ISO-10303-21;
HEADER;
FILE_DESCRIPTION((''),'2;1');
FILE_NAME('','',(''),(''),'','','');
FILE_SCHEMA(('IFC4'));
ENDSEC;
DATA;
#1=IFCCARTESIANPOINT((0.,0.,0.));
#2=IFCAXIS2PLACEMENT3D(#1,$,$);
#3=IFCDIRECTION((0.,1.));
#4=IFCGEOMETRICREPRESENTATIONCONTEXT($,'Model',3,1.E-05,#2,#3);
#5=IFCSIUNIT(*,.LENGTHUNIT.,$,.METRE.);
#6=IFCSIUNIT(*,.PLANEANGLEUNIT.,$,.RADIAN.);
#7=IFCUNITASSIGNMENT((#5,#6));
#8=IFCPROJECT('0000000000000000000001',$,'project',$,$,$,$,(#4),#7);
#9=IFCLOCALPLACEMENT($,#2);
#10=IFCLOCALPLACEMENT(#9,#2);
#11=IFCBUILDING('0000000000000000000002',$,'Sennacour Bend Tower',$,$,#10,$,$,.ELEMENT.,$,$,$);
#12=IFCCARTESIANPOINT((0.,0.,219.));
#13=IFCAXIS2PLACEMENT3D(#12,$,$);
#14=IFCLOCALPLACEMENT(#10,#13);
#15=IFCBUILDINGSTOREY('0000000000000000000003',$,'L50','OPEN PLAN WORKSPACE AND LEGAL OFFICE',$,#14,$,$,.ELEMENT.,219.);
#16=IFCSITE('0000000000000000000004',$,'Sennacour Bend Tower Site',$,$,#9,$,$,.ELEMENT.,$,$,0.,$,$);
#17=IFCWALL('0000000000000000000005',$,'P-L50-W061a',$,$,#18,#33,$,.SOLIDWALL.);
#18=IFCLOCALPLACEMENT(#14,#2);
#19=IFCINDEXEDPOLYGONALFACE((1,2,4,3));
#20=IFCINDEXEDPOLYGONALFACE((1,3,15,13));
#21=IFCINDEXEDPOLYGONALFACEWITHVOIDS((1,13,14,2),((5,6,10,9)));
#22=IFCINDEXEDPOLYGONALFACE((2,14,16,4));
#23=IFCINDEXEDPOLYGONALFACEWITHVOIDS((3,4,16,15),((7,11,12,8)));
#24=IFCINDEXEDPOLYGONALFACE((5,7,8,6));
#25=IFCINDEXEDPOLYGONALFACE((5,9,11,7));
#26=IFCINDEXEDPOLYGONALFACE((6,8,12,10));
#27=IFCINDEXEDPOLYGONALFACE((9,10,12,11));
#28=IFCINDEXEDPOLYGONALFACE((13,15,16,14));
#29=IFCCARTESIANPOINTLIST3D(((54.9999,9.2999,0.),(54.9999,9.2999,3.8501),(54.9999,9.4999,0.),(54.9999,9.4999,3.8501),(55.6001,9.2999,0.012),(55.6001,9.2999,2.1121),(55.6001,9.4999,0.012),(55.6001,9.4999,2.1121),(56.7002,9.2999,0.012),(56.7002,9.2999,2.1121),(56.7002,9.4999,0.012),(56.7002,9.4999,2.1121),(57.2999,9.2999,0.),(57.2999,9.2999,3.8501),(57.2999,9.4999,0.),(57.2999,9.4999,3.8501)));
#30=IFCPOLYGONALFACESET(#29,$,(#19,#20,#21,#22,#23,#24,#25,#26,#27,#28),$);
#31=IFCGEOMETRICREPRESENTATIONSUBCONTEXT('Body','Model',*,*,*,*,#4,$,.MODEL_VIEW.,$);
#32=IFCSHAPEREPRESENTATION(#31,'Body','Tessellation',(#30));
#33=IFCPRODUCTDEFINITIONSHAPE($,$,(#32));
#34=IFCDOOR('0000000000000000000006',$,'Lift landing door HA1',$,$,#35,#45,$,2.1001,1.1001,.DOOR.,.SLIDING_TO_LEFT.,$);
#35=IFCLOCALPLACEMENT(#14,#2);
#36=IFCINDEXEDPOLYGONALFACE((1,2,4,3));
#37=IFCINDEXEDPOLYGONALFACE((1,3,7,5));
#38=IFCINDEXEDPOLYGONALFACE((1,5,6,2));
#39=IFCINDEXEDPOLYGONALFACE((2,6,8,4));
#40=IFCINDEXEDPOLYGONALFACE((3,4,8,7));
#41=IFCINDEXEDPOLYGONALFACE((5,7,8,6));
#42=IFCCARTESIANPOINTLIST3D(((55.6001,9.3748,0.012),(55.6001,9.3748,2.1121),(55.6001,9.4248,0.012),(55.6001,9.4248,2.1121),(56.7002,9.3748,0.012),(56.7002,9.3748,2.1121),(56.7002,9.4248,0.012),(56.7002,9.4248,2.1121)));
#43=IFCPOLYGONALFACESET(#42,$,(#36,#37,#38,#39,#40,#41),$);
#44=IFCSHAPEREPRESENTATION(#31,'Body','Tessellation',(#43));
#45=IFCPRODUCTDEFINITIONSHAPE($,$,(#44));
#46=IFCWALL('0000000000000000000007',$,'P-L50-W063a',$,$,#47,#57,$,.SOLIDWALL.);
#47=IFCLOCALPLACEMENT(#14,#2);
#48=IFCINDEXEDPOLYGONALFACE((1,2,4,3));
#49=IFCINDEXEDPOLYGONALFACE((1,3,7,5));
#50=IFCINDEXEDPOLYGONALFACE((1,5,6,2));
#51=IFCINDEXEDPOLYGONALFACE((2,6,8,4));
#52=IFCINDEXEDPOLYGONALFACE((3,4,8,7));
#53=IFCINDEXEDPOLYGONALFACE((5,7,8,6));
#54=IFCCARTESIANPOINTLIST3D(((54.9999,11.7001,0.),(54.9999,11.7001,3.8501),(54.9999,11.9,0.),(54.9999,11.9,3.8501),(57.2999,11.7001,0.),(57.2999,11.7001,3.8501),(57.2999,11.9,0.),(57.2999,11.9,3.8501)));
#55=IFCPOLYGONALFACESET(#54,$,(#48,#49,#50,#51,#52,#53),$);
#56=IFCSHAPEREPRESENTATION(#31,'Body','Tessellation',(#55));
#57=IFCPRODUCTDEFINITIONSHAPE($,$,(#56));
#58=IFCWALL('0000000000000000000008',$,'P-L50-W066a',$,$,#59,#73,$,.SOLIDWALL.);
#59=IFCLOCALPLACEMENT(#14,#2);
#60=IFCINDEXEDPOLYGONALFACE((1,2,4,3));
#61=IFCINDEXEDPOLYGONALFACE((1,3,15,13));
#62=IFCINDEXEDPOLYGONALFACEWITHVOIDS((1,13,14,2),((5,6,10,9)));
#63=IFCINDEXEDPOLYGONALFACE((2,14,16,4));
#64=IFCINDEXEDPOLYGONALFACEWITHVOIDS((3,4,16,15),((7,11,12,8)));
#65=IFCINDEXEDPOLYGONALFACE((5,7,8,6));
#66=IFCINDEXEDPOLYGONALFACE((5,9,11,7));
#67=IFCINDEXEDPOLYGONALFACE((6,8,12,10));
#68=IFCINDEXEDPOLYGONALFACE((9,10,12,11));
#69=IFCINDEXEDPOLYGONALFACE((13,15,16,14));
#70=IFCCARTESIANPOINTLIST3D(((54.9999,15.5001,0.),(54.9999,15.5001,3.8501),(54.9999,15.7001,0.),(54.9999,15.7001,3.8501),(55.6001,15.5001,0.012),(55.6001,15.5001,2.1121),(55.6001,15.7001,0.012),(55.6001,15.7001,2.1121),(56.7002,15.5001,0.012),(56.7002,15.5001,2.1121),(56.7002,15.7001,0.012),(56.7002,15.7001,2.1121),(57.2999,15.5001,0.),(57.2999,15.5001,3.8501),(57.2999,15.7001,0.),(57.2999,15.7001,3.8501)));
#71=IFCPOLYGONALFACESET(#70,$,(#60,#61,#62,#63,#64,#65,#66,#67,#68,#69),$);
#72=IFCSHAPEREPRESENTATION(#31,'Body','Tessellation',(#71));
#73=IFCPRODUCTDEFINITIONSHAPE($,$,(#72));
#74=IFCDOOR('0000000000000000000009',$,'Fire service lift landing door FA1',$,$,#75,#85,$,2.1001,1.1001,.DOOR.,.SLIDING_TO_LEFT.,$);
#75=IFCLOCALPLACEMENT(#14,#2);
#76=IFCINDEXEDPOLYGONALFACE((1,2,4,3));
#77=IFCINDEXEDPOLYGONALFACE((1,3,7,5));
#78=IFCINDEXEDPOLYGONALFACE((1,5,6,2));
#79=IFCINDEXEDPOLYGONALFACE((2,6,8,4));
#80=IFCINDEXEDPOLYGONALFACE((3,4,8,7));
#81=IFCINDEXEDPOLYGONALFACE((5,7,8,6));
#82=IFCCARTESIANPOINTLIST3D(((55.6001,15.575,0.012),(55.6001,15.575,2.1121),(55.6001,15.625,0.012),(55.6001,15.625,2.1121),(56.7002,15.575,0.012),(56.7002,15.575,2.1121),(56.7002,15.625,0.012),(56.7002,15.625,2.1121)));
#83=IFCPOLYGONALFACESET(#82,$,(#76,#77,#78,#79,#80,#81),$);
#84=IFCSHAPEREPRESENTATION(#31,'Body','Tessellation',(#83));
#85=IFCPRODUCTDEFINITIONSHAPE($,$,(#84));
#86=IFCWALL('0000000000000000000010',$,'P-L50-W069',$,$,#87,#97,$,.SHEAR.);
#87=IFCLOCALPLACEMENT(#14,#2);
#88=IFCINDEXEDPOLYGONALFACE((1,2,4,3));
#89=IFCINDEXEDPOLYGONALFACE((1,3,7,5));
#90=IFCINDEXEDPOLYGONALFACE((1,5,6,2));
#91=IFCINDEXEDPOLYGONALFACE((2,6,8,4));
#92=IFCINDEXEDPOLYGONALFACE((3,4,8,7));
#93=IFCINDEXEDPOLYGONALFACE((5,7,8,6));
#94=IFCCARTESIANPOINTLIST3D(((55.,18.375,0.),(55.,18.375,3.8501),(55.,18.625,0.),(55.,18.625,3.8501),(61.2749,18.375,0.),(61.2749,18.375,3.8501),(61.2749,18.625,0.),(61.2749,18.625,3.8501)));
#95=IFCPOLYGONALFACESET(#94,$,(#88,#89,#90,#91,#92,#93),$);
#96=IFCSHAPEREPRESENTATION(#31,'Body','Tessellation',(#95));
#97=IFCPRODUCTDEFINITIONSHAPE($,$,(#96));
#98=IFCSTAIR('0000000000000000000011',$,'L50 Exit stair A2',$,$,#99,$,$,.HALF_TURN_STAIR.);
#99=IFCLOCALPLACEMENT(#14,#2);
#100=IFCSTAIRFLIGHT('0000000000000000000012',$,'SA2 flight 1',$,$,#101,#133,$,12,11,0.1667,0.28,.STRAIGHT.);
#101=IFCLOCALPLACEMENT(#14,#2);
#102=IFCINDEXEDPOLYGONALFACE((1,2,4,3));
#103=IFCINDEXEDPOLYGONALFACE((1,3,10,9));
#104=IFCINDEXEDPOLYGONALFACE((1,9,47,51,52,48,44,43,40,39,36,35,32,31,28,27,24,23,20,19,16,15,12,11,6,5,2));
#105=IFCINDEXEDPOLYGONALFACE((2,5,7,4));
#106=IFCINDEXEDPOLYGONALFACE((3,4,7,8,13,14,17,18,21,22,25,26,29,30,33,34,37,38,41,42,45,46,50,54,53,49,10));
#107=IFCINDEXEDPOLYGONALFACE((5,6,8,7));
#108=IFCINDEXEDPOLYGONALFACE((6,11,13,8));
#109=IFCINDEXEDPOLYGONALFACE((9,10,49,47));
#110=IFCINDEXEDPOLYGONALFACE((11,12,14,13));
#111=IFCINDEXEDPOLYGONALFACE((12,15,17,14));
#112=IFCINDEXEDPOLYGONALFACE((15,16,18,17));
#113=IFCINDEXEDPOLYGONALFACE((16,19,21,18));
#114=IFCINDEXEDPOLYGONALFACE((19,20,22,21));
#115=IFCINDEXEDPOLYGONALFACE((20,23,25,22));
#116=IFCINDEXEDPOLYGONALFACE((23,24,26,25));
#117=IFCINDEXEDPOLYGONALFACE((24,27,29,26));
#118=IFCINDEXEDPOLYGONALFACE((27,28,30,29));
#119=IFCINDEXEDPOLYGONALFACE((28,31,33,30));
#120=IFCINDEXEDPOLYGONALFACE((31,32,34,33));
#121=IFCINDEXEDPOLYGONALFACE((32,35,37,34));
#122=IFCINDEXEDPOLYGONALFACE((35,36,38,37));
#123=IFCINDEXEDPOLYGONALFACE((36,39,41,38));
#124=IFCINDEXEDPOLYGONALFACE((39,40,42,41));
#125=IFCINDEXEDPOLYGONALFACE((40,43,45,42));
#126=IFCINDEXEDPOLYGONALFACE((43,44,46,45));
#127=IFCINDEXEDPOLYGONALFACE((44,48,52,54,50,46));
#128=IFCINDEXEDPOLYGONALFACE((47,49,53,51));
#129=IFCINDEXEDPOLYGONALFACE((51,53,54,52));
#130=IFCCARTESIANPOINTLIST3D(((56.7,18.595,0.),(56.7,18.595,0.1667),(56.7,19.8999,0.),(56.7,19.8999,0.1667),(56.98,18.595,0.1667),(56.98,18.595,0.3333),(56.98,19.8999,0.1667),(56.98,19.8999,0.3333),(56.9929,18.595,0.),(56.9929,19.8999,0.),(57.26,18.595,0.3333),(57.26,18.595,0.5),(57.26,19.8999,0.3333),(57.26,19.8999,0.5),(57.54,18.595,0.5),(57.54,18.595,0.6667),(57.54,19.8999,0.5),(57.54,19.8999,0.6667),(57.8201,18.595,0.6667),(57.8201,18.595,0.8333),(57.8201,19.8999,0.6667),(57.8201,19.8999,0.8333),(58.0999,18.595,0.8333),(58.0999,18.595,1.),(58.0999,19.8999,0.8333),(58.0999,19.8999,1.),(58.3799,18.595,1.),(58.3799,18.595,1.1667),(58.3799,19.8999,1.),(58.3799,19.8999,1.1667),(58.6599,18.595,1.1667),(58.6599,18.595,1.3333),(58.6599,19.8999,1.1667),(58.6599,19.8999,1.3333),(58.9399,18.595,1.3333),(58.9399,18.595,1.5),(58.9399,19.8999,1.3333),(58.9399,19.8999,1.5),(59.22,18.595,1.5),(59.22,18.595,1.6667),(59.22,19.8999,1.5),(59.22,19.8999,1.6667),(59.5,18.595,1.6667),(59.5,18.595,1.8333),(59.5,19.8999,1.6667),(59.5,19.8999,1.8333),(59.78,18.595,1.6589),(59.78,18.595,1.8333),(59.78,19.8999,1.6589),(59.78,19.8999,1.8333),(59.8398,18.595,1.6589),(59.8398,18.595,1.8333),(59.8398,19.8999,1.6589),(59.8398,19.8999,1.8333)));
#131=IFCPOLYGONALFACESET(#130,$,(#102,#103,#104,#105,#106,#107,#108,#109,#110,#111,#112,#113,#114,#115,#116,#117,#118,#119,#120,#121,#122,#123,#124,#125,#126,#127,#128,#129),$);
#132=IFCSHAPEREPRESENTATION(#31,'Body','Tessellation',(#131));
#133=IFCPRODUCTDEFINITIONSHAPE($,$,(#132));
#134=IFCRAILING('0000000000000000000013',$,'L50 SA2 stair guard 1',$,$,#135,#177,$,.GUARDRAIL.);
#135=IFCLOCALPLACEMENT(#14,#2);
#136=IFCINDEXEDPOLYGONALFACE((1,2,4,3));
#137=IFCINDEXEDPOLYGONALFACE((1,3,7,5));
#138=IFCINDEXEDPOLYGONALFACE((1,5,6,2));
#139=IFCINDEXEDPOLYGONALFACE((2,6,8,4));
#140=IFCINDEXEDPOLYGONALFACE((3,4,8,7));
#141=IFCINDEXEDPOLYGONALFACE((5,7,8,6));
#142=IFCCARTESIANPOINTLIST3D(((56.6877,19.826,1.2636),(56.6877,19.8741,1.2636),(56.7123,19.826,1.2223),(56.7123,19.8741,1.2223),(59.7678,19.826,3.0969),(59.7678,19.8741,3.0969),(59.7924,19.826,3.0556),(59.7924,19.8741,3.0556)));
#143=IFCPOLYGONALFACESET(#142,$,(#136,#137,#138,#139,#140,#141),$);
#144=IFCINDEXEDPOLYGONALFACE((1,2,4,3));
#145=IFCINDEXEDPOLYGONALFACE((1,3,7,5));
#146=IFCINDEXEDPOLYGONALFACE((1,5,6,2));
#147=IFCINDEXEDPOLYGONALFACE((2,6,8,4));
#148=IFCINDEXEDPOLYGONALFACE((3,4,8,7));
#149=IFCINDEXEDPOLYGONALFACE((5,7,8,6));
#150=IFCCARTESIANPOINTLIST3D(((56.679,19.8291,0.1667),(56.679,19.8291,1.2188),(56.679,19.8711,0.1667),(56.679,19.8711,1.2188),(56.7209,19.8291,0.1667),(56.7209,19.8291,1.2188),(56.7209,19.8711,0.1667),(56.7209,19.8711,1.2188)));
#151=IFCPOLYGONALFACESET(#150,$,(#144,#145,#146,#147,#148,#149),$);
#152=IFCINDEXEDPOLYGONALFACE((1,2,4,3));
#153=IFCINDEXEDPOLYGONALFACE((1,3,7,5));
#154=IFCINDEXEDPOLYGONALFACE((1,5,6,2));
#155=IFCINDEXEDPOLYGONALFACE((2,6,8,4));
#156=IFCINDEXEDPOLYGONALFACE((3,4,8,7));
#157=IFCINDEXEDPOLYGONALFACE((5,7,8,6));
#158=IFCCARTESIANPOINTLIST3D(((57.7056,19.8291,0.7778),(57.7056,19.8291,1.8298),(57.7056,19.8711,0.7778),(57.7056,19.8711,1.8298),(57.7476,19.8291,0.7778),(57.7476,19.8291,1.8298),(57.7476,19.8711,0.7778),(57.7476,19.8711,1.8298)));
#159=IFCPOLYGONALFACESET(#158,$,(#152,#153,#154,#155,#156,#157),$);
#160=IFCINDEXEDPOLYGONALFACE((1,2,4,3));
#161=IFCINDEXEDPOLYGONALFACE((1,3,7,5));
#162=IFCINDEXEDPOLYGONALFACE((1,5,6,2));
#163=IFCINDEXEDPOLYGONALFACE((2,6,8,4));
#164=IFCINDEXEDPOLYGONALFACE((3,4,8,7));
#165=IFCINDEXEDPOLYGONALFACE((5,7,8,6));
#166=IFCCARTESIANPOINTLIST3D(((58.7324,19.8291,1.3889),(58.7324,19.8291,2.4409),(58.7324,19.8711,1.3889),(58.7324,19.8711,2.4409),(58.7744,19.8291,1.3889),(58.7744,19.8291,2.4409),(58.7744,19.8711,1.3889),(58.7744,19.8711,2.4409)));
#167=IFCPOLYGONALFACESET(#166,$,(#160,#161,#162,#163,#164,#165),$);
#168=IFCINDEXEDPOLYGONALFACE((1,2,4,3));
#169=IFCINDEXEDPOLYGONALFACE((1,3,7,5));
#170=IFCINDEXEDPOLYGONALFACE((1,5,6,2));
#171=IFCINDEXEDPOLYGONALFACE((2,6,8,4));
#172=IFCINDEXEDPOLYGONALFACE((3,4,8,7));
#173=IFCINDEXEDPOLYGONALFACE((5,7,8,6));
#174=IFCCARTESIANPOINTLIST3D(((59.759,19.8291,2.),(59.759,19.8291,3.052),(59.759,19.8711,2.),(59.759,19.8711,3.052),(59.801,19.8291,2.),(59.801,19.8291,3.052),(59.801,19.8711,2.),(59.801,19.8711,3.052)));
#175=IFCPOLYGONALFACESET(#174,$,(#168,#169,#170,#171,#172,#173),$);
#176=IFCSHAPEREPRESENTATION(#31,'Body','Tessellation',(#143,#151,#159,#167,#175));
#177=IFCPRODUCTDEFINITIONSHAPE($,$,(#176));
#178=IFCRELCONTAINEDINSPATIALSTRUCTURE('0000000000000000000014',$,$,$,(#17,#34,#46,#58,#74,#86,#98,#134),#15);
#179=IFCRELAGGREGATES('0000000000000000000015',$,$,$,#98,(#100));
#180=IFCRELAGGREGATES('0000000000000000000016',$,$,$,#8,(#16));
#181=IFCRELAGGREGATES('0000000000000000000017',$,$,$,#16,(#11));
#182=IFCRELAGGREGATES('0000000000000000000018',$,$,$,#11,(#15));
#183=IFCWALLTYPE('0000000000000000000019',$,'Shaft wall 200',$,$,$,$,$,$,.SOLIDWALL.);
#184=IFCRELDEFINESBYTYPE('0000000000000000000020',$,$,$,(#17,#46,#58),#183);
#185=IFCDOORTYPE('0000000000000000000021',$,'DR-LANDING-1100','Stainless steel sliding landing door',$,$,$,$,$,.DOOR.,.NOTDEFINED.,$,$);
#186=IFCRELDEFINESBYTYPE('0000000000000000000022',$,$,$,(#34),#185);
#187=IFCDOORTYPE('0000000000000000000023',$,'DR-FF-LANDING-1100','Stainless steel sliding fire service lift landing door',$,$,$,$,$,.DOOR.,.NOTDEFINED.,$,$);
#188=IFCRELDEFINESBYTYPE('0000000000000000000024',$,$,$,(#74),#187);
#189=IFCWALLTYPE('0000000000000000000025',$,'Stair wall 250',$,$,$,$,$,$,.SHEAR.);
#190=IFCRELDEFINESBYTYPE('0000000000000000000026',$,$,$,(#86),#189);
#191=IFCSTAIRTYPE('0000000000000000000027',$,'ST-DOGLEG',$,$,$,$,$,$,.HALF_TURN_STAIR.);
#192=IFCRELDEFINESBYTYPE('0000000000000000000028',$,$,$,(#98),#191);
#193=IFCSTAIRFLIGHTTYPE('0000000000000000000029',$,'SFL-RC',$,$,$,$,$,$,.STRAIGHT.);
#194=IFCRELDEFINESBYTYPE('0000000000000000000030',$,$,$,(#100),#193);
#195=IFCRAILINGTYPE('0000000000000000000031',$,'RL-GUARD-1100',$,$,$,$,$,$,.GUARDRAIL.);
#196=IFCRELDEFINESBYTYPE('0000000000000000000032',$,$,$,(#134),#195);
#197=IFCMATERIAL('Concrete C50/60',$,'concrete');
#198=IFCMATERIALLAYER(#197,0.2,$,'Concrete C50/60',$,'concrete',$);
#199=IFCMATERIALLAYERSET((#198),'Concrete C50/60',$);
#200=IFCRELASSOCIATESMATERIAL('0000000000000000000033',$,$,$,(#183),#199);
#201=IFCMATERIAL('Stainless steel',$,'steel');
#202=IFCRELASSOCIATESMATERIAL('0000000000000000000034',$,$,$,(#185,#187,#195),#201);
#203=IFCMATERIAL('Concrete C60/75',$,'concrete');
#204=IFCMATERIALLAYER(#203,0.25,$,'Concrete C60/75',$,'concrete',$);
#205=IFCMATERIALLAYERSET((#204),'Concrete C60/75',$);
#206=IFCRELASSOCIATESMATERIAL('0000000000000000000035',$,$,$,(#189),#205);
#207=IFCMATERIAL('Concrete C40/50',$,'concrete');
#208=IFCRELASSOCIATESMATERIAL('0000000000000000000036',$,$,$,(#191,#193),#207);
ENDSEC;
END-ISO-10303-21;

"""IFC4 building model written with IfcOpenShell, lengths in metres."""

from ifc_helpers import new_model, si_unit, direction, frame, frame_2d, origin, origin_2d, place, context, subcontext, project, spatial, polyline, rectangle, outline, extrude, material, layer, layer_set, type_object, element, fill, aggregate, save


model = new_model("IFC4")

# Units and contexts
model_context = context("Model", 3, precision=1e-05, world=origin(), true_north=direction((0.0, 1.0)))
body_context = subcontext(model_context, "Body", "Model", "MODEL_VIEW")
ifc_project = project(units=[si_unit("LENGTHUNIT", "METRE"), si_unit("PLANEANGLEUNIT", "RADIAN")], contexts=[model_context])

# Site, building, storey
site_placement = place(None, origin())
site = spatial("IfcSite", under=ifc_project, at=site_placement, Name="Sennacour Bend Tower Site", CompositionType="ELEMENT", RefElevation=0.0)
building_placement = place(site_placement, origin())
building = spatial("IfcBuilding", under=site, at=building_placement, Name="Sennacour Bend Tower", CompositionType="ELEMENT")
storey_placement = place(building_placement, frame((0.0, 0.0, 219.0)))
storey = spatial("IfcBuildingStorey", under=building, at=storey_placement, Name="L50", Description="OPEN PLAN WORKSPACE AND LEGAL OFFICE", CompositionType="ELEMENT", Elevation=219.0)

# Shared definitions
ifc_material_1 = material(Name="Concrete C60/75", Category="concrete")

# Wall, opening, door
ifc_material_2 = material(Name="Concrete C50/60", Category="concrete")
ifc_layer_1 = layer(ifc_material_2, 0.2, Name="Concrete C50/60", Category="concrete")
ifc_layer_set_1 = layer_set([ifc_layer_1], Name="Concrete C50/60")
wall_type_1 = type_object("IfcWallType", Name="Shaft wall 200", PredefinedType="SOLIDWALL", material=ifc_layer_set_1)
wall_1_placement = place(storey_placement, frame((55.0, 9.3999, 0.0), z_axis=(0.0, 0.0, 1.0), x_axis=(1.0, 0.0, 0.0)))
wall_1 = element("IfcWall", 1, at=wall_1_placement, inside=storey, type_object=wall_type_1, Name="P-L50-W061a", PredefinedType="SOLIDWALL", context=body_context, shape_type="SweptSolid", body=[
    extrude(rectangle(XDim=2.3, YDim=0.2, at=frame_2d((1.1499, 0.0))), origin(), (0.0, 0.0, 1.0), 3.8501),
])
opening_1_placement = place(wall_1_placement, frame((0.6001, 0.0, 0.012)))
opening_1 = element("IfcOpeningElement", 2, at=opening_1_placement, cuts=wall_1, PredefinedType="OPENING", context=body_context, shape_type="SweptSolid", body=[
    extrude(rectangle(XDim=1.1001, YDim=2.1001, at=frame_2d((0.55, 1.05))), frame((0.0, 0.1099, 0.0), z_axis=(0.0, -1.0, 0.0), x_axis=(1.0, 0.0, 0.0)), (0.0, 0.0, 1.0), 0.22),
])
ifc_material_3 = material(Name="Stainless steel", Category="steel")
door_type_1 = type_object("IfcDoorType", Name="DR-LANDING-1100", Description="Stainless steel sliding landing door", OperationType="NOTDEFINED", PredefinedType="DOOR", material=ifc_material_3)
door_1_placement = place(opening_1_placement, origin())
door_1 = element("IfcDoor", 3, at=door_1_placement, inside=storey, type_object=door_type_1, Name="Lift landing door HA1", OperationType="SLIDING_TO_LEFT", OverallHeight=2.1001, OverallWidth=1.1001, PredefinedType="DOOR", context=body_context, shape_type="SweptSolid", body=[
    extrude(rectangle(XDim=1.1001, YDim=2.1001, at=frame_2d((0.55, 1.05))), frame((0.0, 0.0249, 0.0), z_axis=(0.0, -1.0, 0.0), x_axis=(1.0, 0.0, 0.0)), (0.0, 0.0, 1.0), 0.05),
])
fill(opening_1, door_1)

# Wall
wall_2_placement = place(storey_placement, frame((55.0, 11.8, 0.0), z_axis=(0.0, 0.0, 1.0), x_axis=(1.0, 0.0, 0.0)))
element("IfcWall", 4, at=wall_2_placement, inside=storey, type_object=wall_type_1, Name="P-L50-W063a", PredefinedType="SOLIDWALL", context=body_context, shape_type="SweptSolid", body=[
    extrude(rectangle(XDim=2.3, YDim=0.2, at=frame_2d((1.1499, 0.0))), origin(), (0.0, 0.0, 1.0), 3.8501),
])

# Wall, opening, door
wall_3_placement = place(storey_placement, frame((55.0, 15.6001, 0.0), z_axis=(0.0, 0.0, 1.0), x_axis=(1.0, 0.0, 0.0)))
wall_3 = element("IfcWall", 5, at=wall_3_placement, inside=storey, type_object=wall_type_1, Name="P-L50-W066a", PredefinedType="SOLIDWALL", context=body_context, shape_type="SweptSolid", body=[
    extrude(rectangle(XDim=2.3, YDim=0.2, at=frame_2d((1.1499, 0.0))), origin(), (0.0, 0.0, 1.0), 3.8501),
])
opening_2_placement = place(wall_3_placement, frame((0.6001, 0.0, 0.012)))
opening_2 = element("IfcOpeningElement", 6, at=opening_2_placement, cuts=wall_3, PredefinedType="OPENING", context=body_context, shape_type="SweptSolid", body=[
    extrude(rectangle(XDim=1.1001, YDim=2.1001, at=frame_2d((0.55, 1.05))), frame((0.0, 0.1099, 0.0), z_axis=(0.0, -1.0, 0.0), x_axis=(1.0, 0.0, 0.0)), (0.0, 0.0, 1.0), 0.22),
])
door_type_2 = type_object("IfcDoorType", Name="DR-FF-LANDING-1100", Description="Stainless steel sliding fire service lift landing door", OperationType="NOTDEFINED", PredefinedType="DOOR", material=ifc_material_3)
door_2_placement = place(opening_2_placement, origin())
door_2 = element("IfcDoor", 7, at=door_2_placement, inside=storey, type_object=door_type_2, Name="Fire service lift landing door FA1", OperationType="SLIDING_TO_LEFT", OverallHeight=2.1001, OverallWidth=1.1001, PredefinedType="DOOR", context=body_context, shape_type="SweptSolid", body=[
    extrude(rectangle(XDim=1.1001, YDim=2.1001, at=frame_2d((0.55, 1.05))), frame((0.0, 0.0249, 0.0), z_axis=(0.0, -1.0, 0.0), x_axis=(1.0, 0.0, 0.0)), (0.0, 0.0, 1.0), 0.05),
])
fill(opening_2, door_2)

# Wall
ifc_layer_2 = layer(ifc_material_1, 0.25, Name="Concrete C60/75", Category="concrete")
ifc_layer_set_2 = layer_set([ifc_layer_2], Name="Concrete C60/75")
wall_type_2 = type_object("IfcWallType", Name="Stair wall 250", PredefinedType="SHEAR", material=ifc_layer_set_2)
wall_4_placement = place(storey_placement, frame((55.0, 18.5, 0.0), z_axis=(0.0, 0.0, 1.0), x_axis=(1.0, 0.0, 0.0)))
element("IfcWall", 8, at=wall_4_placement, inside=storey, type_object=wall_type_2, Name="P-L50-W069", PredefinedType="SHEAR", context=body_context, shape_type="SweptSolid", body=[
    extrude(rectangle(XDim=6.2749, YDim=0.25, at=frame_2d((3.1375, 0.0))), origin(), (0.0, 0.0, 1.0), 3.8501),
])

# Stair, stair flight
ifc_material_4 = material(Name="Concrete C40/50", Category="concrete")
stair_type = type_object("IfcStairType", Name="ST-DOGLEG", PredefinedType="HALF_TURN_STAIR", material=ifc_material_4)
stair_placement = place(storey_placement, origin())
stair = element("IfcStair", 9, at=stair_placement, inside=storey, type_object=stair_type, Name="L50 Exit stair A2", PredefinedType="HALF_TURN_STAIR")
stair_flight_type = type_object("IfcStairFlightType", Name="SFL-RC", PredefinedType="STRAIGHT", material=ifc_material_4)
stair_flight_placement = place(storey_placement, frame((56.7, 19.2476, 0.0), z_axis=(0.0, 0.0, 1.0), x_axis=(1.0, 0.0, 0.0)))
stair_flight = element("IfcStairFlight", 10, at=stair_flight_placement, type_object=stair_flight_type, Name="SA2 flight 1", NumberOfRisers=12, NumberOfTreads=11, PredefinedType="STRAIGHT", RiserHeight=0.1667, TreadLength=0.28, context=body_context, shape_type="SweptSolid", body=[
    extrude(outline(polyline([(0.0, 0.0), (0.0, 0.1667), (0.28, 0.1667), (0.28, 0.3333), (0.5601, 0.3333), (0.5601, 0.5), (0.8401, 0.5), (0.8401, 0.6667), (1.1201, 0.6667), (1.1201, 0.8333), (1.3999, 0.8333), (1.3999, 1.0), (1.6799, 1.0), (1.6799, 1.1667), (1.96, 1.1667), (1.96, 1.3333), (2.24, 1.3333), (2.24, 1.5), (2.52, 1.5), (2.52, 1.6667), (2.8, 1.6667), (2.8, 1.8333), (3.0801, 1.8333), (3.1399, 1.8333), (3.1399, 1.6589), (3.0801, 1.6589), (0.293, 0.0), (0.0, 0.0)])), frame((0.0, 0.6523, 0.0), z_axis=(0.0, -1.0, 0.0), x_axis=(1.0, 0.0, 0.0)), (0.0, 0.0, 1.0), 1.3049),
])
aggregate(stair, [stair_flight])

# Railing
railing_type_1 = type_object("IfcRailingType", Name="RL-GUARD-1100", PredefinedType="GUARDRAIL", material=ifc_material_3)
railing_1_placement = place(storey_placement, frame((56.7, 19.8501, 0.1667)))
element("IfcRailing", 11, at=railing_1_placement, inside=storey, type_object=railing_type_1, Name="L50 SA2 stair guard 1", PredefinedType="GUARDRAIL", context=body_context, shape_type="SweptSolid", body=[
    extrude(rectangle(XDim=0.0481, YDim=0.0481, at=origin_2d()), frame((0.0, 0.0, 1.0762), z_axis=(0.859309, 0.0, 0.511458), x_axis=(0.0, 1.0, 0.0)), (0.0, 0.0, 1.0), 3.5845),
    extrude(rectangle(XDim=0.042, YDim=0.042, at=origin_2d()), origin(), (0.0, 0.0, 1.0), 1.052),
    extrude(rectangle(XDim=0.042, YDim=0.042, at=origin_2d()), frame((1.0266, 0.0, 0.6111)), (0.0, 0.0, 1.0), 1.052),
    extrude(rectangle(XDim=0.042, YDim=0.042, at=origin_2d()), frame((2.0535, 0.0, 1.2222)), (0.0, 0.0, 1.0), 1.052),
    extrude(rectangle(XDim=0.042, YDim=0.042, at=origin_2d()), frame((3.0801, 0.0, 1.8333)), (0.0, 0.0, 1.0), 1.052),
])

save(model, "model.ifc")
